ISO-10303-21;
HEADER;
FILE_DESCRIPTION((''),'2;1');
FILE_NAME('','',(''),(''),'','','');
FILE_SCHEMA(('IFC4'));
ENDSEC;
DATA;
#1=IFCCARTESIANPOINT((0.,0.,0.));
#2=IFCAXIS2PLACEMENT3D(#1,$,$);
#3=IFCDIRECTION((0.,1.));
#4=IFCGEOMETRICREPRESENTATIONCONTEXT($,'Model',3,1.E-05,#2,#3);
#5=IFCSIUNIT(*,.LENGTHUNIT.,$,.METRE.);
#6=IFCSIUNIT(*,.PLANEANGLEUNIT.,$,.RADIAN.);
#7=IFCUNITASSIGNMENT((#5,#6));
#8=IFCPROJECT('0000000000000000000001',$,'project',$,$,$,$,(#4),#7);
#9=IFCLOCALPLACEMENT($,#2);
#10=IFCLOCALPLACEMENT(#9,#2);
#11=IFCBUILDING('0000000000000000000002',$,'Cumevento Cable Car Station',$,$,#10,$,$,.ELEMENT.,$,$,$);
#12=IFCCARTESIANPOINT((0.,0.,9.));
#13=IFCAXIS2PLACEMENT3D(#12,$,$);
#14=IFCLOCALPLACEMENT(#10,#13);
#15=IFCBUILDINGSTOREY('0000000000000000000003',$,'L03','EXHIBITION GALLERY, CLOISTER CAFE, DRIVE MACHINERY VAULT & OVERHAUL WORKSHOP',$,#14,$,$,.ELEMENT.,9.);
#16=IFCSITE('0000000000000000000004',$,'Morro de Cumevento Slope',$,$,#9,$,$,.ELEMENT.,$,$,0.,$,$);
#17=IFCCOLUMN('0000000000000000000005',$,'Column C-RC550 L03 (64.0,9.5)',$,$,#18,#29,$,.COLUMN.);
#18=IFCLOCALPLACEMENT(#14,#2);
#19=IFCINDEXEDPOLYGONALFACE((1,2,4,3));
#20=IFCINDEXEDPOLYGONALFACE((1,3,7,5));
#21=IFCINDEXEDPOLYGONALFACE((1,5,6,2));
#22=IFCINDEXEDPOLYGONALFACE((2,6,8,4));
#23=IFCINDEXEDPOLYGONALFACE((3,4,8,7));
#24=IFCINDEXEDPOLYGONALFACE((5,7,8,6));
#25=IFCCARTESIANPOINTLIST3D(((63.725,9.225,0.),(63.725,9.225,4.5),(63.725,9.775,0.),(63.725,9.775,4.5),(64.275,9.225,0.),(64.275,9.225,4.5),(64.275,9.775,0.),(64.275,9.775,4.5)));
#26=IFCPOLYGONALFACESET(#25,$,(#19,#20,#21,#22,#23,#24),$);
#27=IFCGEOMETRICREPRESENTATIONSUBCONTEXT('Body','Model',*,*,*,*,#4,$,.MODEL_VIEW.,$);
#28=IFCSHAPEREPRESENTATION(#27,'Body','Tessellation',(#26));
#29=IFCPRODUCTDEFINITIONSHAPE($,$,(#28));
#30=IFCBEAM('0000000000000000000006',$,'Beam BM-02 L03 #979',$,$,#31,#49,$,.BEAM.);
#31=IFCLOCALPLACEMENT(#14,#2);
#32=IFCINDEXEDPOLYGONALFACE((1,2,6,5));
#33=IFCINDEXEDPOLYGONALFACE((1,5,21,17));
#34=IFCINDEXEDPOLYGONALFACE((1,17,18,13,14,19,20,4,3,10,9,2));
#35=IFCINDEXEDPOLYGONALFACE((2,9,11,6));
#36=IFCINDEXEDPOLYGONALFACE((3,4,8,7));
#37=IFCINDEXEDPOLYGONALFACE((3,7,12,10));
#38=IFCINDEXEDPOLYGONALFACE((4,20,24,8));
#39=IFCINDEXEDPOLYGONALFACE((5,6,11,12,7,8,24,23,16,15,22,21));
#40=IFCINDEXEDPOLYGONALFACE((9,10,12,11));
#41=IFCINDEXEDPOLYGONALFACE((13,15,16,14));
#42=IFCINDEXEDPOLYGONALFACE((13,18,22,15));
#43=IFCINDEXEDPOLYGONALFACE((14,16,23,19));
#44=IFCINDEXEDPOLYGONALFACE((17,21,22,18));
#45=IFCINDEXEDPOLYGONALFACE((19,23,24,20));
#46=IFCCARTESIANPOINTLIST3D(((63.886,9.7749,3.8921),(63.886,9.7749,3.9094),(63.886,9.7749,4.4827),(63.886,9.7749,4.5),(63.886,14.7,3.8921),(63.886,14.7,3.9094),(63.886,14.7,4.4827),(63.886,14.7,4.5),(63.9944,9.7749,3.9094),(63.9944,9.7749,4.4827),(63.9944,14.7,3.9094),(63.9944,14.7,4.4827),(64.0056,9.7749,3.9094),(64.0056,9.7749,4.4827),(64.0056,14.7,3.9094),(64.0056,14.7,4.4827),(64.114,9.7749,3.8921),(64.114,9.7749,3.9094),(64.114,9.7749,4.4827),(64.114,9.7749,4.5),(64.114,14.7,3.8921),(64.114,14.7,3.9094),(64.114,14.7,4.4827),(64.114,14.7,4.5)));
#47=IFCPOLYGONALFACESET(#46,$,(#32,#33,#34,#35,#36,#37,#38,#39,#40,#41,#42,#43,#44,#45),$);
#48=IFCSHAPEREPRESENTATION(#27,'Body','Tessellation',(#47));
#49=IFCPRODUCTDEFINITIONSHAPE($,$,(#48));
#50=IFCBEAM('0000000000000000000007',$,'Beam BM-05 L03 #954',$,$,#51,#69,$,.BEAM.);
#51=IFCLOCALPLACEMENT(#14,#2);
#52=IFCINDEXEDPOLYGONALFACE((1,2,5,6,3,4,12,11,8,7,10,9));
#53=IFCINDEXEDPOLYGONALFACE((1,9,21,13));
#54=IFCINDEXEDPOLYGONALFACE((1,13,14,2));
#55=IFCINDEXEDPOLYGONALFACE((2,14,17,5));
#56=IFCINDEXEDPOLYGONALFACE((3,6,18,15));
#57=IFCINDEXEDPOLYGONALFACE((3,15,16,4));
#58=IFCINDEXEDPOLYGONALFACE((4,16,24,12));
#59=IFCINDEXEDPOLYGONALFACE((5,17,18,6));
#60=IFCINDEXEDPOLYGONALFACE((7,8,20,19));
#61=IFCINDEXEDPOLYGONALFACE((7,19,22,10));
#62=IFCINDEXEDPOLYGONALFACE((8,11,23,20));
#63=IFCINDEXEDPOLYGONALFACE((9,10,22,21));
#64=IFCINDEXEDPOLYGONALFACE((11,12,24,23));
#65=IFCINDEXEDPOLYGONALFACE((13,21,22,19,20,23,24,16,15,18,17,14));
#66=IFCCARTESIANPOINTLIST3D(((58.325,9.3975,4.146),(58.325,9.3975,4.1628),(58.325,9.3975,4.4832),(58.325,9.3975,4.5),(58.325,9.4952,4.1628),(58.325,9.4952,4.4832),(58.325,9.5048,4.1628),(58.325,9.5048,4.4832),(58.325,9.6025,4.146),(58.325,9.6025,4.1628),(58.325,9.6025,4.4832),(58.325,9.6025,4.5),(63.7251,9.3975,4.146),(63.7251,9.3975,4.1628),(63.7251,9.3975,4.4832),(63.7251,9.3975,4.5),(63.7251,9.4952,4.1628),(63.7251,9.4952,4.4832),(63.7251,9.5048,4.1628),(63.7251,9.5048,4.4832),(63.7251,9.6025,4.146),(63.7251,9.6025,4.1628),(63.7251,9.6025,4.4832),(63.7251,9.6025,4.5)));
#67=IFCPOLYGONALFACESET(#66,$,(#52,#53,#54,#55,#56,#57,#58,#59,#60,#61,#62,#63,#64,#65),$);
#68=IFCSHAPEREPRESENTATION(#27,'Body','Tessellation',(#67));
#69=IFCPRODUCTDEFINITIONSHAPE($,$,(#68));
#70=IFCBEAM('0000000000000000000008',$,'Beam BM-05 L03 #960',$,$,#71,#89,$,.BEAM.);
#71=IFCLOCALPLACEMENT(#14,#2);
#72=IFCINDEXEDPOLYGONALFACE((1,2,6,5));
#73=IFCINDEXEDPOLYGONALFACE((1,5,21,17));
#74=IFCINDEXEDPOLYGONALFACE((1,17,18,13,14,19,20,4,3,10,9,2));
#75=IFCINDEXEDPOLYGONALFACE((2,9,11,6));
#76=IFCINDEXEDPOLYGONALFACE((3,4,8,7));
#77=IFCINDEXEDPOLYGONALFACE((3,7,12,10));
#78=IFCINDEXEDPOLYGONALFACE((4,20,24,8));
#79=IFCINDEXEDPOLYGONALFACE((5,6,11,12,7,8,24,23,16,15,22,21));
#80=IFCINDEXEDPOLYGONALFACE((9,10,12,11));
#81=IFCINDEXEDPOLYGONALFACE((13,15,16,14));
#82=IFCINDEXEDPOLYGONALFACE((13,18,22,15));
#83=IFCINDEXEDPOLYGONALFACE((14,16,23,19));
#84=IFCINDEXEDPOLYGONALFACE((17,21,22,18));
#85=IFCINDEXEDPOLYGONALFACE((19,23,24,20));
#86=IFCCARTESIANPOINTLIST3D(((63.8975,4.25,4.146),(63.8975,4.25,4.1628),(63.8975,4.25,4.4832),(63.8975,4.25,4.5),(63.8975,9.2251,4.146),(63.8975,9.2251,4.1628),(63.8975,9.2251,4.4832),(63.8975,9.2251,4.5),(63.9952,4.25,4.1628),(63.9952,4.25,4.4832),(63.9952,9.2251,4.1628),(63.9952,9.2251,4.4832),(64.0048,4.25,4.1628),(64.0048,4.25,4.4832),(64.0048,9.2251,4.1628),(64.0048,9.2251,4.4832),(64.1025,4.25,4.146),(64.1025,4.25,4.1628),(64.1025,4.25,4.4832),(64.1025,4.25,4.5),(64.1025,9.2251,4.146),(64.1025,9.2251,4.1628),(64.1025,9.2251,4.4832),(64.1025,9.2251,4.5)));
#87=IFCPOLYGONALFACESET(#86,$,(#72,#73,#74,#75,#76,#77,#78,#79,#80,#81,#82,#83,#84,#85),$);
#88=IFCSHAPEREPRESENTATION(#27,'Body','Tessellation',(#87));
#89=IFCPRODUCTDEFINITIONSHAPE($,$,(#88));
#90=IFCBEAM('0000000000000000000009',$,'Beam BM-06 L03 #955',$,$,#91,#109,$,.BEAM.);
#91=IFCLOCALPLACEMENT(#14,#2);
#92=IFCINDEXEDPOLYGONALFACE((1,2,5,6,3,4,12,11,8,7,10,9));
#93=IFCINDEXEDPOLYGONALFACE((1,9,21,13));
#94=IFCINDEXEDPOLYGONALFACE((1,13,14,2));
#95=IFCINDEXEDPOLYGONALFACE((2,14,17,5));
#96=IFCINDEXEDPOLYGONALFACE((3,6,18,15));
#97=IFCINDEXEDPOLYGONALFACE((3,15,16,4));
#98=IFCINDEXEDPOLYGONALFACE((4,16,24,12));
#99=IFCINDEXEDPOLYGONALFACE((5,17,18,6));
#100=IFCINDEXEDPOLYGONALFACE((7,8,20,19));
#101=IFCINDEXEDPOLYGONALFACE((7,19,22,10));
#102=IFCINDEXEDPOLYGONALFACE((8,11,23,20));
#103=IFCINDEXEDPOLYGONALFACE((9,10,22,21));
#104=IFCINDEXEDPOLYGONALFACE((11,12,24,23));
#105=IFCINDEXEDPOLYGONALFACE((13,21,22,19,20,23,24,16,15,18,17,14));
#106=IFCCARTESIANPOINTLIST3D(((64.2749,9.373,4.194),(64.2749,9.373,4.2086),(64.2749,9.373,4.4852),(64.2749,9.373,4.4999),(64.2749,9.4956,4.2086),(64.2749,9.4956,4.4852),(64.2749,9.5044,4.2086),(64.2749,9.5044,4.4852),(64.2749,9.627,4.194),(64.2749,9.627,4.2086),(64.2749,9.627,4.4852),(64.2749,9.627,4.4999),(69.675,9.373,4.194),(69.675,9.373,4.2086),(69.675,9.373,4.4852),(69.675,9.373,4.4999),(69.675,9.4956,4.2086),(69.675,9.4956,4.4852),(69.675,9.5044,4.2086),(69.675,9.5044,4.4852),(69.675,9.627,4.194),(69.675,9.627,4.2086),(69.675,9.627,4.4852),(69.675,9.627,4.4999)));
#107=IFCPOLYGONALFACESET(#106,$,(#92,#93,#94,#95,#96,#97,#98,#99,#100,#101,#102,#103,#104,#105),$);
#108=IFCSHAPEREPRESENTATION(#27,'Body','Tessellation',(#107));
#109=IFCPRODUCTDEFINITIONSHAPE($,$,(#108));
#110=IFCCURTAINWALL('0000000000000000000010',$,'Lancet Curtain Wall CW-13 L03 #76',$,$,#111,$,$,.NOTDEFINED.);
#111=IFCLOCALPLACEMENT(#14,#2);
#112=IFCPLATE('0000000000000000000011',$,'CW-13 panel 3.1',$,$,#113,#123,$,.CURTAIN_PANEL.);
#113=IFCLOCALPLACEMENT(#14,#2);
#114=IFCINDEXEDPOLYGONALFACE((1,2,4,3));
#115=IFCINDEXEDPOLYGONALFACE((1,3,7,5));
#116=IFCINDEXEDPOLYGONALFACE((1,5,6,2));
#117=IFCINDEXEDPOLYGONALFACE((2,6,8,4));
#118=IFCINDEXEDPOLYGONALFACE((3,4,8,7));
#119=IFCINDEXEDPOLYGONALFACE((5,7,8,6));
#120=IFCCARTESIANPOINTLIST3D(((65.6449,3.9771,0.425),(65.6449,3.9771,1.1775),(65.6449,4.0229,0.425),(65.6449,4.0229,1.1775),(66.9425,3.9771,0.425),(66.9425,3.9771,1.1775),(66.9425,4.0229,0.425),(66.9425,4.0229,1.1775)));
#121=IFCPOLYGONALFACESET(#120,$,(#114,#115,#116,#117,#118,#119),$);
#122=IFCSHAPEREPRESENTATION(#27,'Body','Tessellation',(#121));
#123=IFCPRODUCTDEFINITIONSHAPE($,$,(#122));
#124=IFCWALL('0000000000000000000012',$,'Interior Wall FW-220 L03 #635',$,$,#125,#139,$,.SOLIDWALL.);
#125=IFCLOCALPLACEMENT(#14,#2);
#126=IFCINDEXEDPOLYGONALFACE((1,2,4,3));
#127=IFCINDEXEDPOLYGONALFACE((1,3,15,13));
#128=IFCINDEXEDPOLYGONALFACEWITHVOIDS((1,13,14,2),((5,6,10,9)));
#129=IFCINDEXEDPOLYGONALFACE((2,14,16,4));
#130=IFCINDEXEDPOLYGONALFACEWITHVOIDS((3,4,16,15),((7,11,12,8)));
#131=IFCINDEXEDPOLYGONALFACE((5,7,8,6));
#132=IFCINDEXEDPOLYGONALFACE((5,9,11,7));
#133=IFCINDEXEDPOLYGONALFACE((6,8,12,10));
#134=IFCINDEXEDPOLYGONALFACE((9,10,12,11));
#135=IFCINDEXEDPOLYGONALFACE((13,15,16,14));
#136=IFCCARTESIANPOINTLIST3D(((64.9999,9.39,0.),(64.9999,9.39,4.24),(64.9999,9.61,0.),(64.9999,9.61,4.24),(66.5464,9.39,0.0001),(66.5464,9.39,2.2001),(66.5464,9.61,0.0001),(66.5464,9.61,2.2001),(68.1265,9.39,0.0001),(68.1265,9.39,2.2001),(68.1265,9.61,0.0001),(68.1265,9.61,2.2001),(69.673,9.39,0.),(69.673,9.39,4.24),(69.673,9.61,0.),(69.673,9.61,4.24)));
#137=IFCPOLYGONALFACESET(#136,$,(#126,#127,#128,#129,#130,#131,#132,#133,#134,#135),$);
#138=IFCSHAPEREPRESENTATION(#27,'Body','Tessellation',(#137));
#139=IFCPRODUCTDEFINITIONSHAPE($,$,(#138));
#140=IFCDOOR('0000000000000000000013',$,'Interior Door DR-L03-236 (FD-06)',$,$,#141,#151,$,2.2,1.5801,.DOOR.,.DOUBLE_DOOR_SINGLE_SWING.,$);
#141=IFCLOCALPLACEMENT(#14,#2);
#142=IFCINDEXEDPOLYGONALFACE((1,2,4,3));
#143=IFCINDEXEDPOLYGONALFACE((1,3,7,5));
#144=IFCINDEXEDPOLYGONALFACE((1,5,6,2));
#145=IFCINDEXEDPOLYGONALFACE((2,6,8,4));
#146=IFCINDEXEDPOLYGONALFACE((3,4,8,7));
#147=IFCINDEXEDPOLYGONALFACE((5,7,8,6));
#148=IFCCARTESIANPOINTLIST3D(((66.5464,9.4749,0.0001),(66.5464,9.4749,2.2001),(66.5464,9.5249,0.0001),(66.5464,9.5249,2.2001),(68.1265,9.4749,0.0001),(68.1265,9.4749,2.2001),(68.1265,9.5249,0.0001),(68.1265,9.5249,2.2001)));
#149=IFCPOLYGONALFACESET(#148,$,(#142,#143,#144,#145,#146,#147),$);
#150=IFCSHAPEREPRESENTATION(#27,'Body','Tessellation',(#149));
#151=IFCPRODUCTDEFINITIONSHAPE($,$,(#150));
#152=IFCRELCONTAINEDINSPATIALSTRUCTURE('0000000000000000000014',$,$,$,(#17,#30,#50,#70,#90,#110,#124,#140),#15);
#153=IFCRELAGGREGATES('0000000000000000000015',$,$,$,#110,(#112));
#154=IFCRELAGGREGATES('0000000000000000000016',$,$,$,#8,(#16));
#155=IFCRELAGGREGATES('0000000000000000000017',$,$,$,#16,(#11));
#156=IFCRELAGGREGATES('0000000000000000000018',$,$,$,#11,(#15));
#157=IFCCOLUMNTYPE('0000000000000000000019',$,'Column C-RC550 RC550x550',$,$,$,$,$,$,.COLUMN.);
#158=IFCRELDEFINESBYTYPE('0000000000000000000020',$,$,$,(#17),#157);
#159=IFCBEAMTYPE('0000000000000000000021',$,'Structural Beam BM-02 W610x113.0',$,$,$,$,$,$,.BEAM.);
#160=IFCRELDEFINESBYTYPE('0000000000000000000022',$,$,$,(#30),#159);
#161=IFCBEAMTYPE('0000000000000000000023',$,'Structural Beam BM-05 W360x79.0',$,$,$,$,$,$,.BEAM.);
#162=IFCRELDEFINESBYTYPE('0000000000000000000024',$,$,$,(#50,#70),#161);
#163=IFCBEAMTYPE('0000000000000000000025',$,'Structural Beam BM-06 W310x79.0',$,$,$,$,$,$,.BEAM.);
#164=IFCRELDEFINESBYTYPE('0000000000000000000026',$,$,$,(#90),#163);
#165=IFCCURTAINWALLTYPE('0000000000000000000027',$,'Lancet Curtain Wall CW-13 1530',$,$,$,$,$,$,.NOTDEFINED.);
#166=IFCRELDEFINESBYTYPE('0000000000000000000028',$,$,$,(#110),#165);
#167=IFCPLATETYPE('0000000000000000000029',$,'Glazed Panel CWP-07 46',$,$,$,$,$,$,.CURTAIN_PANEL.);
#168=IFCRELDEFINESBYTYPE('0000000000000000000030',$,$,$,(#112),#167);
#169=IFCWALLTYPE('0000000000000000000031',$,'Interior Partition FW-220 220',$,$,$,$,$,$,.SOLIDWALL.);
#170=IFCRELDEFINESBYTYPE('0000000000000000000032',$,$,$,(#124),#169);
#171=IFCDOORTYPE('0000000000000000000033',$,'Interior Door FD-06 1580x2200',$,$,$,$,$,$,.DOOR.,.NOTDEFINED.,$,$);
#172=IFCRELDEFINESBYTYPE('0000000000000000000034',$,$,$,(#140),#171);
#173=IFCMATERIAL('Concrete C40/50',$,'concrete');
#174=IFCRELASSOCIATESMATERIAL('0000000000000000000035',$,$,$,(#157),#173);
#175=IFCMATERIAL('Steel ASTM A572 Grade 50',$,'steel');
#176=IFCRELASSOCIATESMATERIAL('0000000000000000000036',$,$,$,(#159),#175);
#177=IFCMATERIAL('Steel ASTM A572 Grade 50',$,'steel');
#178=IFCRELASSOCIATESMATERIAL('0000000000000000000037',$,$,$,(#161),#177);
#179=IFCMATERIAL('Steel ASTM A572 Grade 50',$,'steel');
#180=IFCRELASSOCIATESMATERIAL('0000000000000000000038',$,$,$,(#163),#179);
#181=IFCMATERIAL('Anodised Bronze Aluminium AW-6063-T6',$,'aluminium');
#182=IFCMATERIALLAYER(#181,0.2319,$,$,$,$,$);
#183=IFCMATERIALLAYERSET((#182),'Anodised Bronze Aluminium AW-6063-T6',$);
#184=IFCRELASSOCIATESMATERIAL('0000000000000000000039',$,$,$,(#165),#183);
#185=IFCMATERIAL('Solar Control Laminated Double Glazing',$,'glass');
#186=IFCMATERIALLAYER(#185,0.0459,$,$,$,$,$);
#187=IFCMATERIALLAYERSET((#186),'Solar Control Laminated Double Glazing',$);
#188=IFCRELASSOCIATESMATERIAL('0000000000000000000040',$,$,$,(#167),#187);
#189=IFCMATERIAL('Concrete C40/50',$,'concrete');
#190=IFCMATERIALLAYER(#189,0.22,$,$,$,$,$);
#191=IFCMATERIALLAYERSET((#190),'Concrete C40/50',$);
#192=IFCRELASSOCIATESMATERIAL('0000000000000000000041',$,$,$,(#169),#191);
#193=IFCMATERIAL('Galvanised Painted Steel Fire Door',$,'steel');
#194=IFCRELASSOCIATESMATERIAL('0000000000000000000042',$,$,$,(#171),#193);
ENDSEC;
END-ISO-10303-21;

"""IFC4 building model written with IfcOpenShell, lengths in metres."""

from ifc_helpers import new_model, si_unit, direction, frame, frame_2d, origin, origin_2d, place, context, subcontext, project, spatial, rectangle, i_section, extrude, material, layer, layer_set, material_profile, profile_set, type_object, element, fill, aggregate, save


model = new_model("IFC4")

# Units and contexts
model_context = context("Model", 3, precision=1e-05, world=origin(), true_north=direction((0.0, 1.0)))
body_context = subcontext(model_context, "Body", "Model", "MODEL_VIEW")
ifc_project = project(units=[si_unit("LENGTHUNIT", "METRE"), si_unit("PLANEANGLEUNIT", "RADIAN")], contexts=[model_context])

# Site, building, storey
site_placement = place(None, origin())
site = spatial("IfcSite", under=ifc_project, at=site_placement, Name="Morro de Cumevento Slope", CompositionType="ELEMENT", RefElevation=0.0)
building_placement = place(site_placement, origin())
building = spatial("IfcBuilding", under=site, at=building_placement, Name="Cumevento Cable Car Station", CompositionType="ELEMENT")
storey_placement = place(building_placement, frame((0.0, 0.0, 9.0)))
storey = spatial("IfcBuildingStorey", under=building, at=storey_placement, Name="L03", Description="EXHIBITION GALLERY, CLOISTER CAFE, DRIVE MACHINERY VAULT & OVERHAUL WORKSHOP", CompositionType="ELEMENT", Elevation=9.0)

# Column
ifc_material_1 = material(Name="Concrete C40/50", Category="concrete")
ifc_material_profile_1 = material_profile(ifc_material_1, rectangle(XDim=0.55, YDim=0.55, at=origin_2d()), Name="RC550x550")
ifc_profile_set_1 = profile_set([ifc_material_profile_1], Name="Concrete C40/50")
column_type = type_object("IfcColumnType", Name="Column C-RC550 RC550x550", PredefinedType="COLUMN", material=ifc_profile_set_1)
column_placement = place(storey_placement, frame((64.0, 9.5, 0.0), z_axis=(0.0, 0.0, 1.0), x_axis=(1.0, 0.0, 0.0)))
element("IfcColumn", 1, at=column_placement, inside=storey, type_object=column_type, Name="Column C-RC550 L03 (64.0,9.5)", PredefinedType="COLUMN", context=body_context, shape_type="SweptSolid", body=[
    extrude(rectangle(XDim=0.55, YDim=0.55, at=origin_2d()), origin(), (0.0, 0.0, 1.0), 4.5),
])

# Beams
ifc_material_2 = material(Name="Steel ASTM A572 Grade 50", Category="steel")
ifc_material_profile_2 = material_profile(ifc_material_2, i_section(OverallWidth=0.228, OverallDepth=0.6079, WebThickness=0.0112, FlangeThickness=0.0173, at=origin_2d()), Name="W610x113.0")
ifc_profile_set_2 = profile_set([ifc_material_profile_2], Name="Steel ASTM A572 Grade 50")
beam_type_1 = type_object("IfcBeamType", Name="Structural Beam BM-02 W610x113.0", PredefinedType="BEAM", material=ifc_profile_set_2)
beam_1_placement = place(storey_placement, frame((64.0, 9.7749, 4.196), z_axis=(0.0, 1.0, 0.0), x_axis=(-1.0, 0.0, 0.0)))
element("IfcBeam", 2, at=beam_1_placement, inside=storey, type_object=beam_type_1, Name="Beam BM-02 L03 #979", PredefinedType="BEAM", context=body_context, shape_type="SweptSolid", body=[
    extrude(i_section(OverallWidth=0.228, OverallDepth=0.6079, WebThickness=0.0112, FlangeThickness=0.0173, at=origin_2d()), origin(), (0.0, 0.0, 1.0), 4.925),
])
ifc_material_3 = material(Name="Steel ASTM A572 Grade 50", Category="steel")
ifc_material_profile_3 = material_profile(ifc_material_3, i_section(OverallWidth=0.2051, OverallDepth=0.354, WebThickness=0.0095, FlangeThickness=0.0168, at=origin_2d()), Name="W360x79.0")
ifc_profile_set_3 = profile_set([ifc_material_profile_3], Name="Steel ASTM A572 Grade 50")
beam_type_2 = type_object("IfcBeamType", Name="Structural Beam BM-05 W360x79.0", PredefinedType="BEAM", material=ifc_profile_set_3)
beam_2_placement = place(storey_placement, frame((58.325, 9.5, 4.323), z_axis=(1.0, 0.0, 0.0), x_axis=(0.0, 1.0, 0.0)))
element("IfcBeam", 3, at=beam_2_placement, inside=storey, type_object=beam_type_2, Name="Beam BM-05 L03 #954", PredefinedType="BEAM", context=body_context, shape_type="SweptSolid", body=[
    extrude(i_section(OverallWidth=0.2051, OverallDepth=0.354, WebThickness=0.0095, FlangeThickness=0.0168, at=origin_2d()), origin(), (0.0, 0.0, 1.0), 5.4001),
])
beam_3_placement = place(storey_placement, frame((64.0, 4.25, 4.323), z_axis=(0.0, 1.0, 0.0), x_axis=(-1.0, 0.0, 0.0)))
element("IfcBeam", 4, at=beam_3_placement, inside=storey, type_object=beam_type_2, Name="Beam BM-05 L03 #960", PredefinedType="BEAM", context=body_context, shape_type="SweptSolid", body=[
    extrude(i_section(OverallWidth=0.2051, OverallDepth=0.354, WebThickness=0.0095, FlangeThickness=0.0168, at=origin_2d()), origin(), (0.0, 0.0, 1.0), 4.9751),
])
ifc_material_4 = material(Name="Steel ASTM A572 Grade 50", Category="steel")
ifc_material_profile_4 = material_profile(ifc_material_4, i_section(OverallWidth=0.2539, OverallDepth=0.3059, WebThickness=0.0088, FlangeThickness=0.0146, at=origin_2d()), Name="W310x79.0")
ifc_profile_set_4 = profile_set([ifc_material_profile_4], Name="Steel ASTM A572 Grade 50")
beam_type_3 = type_object("IfcBeamType", Name="Structural Beam BM-06 W310x79.0", PredefinedType="BEAM", material=ifc_profile_set_4)
beam_4_placement = place(storey_placement, frame((64.2749, 9.5, 4.3469), z_axis=(1.0, 0.0, 0.0), x_axis=(0.0, 1.0, 0.0)))
element("IfcBeam", 5, at=beam_4_placement, inside=storey, type_object=beam_type_3, Name="Beam BM-06 L03 #955", PredefinedType="BEAM", context=body_context, shape_type="SweptSolid", body=[
    extrude(i_section(OverallWidth=0.2539, OverallDepth=0.3059, WebThickness=0.0088, FlangeThickness=0.0146, at=origin_2d()), origin(), (0.0, 0.0, 1.0), 5.4001),
])

# Curtain wall, plate
ifc_material_5 = material(Name="Anodised Bronze Aluminium AW-6063-T6", Category="aluminium")
ifc_layer_1 = layer(ifc_material_5, 0.2319)
ifc_layer_set_1 = layer_set([ifc_layer_1], Name="Anodised Bronze Aluminium AW-6063-T6")
curtain_wall_type = type_object("IfcCurtainWallType", Name="Lancet Curtain Wall CW-13 1530", PredefinedType="NOTDEFINED", material=ifc_layer_set_1)
curtain_wall_placement = place(storey_placement, origin())
curtain_wall = element("IfcCurtainWall", 6, at=curtain_wall_placement, inside=storey, type_object=curtain_wall_type, Name="Lancet Curtain Wall CW-13 L03 #76", PredefinedType="NOTDEFINED")
ifc_material_6 = material(Name="Solar Control Laminated Double Glazing", Category="glass")
ifc_layer_2 = layer(ifc_material_6, 0.0459)
ifc_layer_set_2 = layer_set([ifc_layer_2], Name="Solar Control Laminated Double Glazing")
plate_type = type_object("IfcPlateType", Name="Glazed Panel CWP-07 46", PredefinedType="CURTAIN_PANEL", material=ifc_layer_set_2)
plate_placement = place(storey_placement, frame((66.2937, 4.0, 0.425), z_axis=(0.0, 0.0, 1.0), x_axis=(-1.0, 0.0, 0.0)))
plate = element("IfcPlate", 7, at=plate_placement, type_object=plate_type, Name="CW-13 panel 3.1", PredefinedType="CURTAIN_PANEL", context=body_context, shape_type="SweptSolid", body=[
    extrude(rectangle(XDim=1.2976, YDim=0.0459, at=origin_2d()), origin(), (0.0, 0.0, 1.0), 0.7524),
])
aggregate(curtain_wall, [plate])

# Wall, opening, door
ifc_material_7 = material(Name="Concrete C40/50", Category="concrete")
ifc_layer_3 = layer(ifc_material_7, 0.22)
ifc_layer_set_3 = layer_set([ifc_layer_3], Name="Concrete C40/50")
wall_type_1 = type_object("IfcWallType", Name="Interior Partition FW-220 220", PredefinedType="SOLIDWALL", material=ifc_layer_set_3)
wall_1_placement = place(storey_placement, frame((65.0, 9.5, 0.0), z_axis=(0.0, 0.0, 1.0), x_axis=(1.0, 0.0, 0.0)))
wall_1 = element("IfcWall", 8, at=wall_1_placement, inside=storey, type_object=wall_type_1, Name="Interior Wall FW-220 L03 #635", PredefinedType="SOLIDWALL", context=body_context, shape_type="SweptSolid", body=[
    extrude(rectangle(XDim=4.6731, YDim=0.22, at=frame_2d((2.3364, 0.0))), origin(), (0.0, 0.0, 1.0), 4.24),
])
opening_1_placement = place(wall_1_placement, frame((1.5464, 0.0, 0.0)))
opening_1 = element("IfcOpeningElement", 9, at=opening_1_placement, cuts=wall_1, PredefinedType="OPENING", context=body_context, shape_type="SweptSolid", body=[
    extrude(rectangle(XDim=1.5801, YDim=2.2, at=frame_2d((0.79, 1.1001))), frame((0.0, 0.1199, 0.0), z_axis=(0.0, -1.0, 0.0), x_axis=(1.0, 0.0, 0.0)), (0.0, 0.0, 1.0), 0.24),
])
ifc_material_8 = material(Name="Galvanised Painted Steel Fire Door", Category="steel")
door_type_1 = type_object("IfcDoorType", Name="Interior Door FD-06 1580x2200", OperationType="NOTDEFINED", PredefinedType="DOOR", material=ifc_material_8)
door_1_placement = place(opening_1_placement, origin())
door_1 = element("IfcDoor", 10, at=door_1_placement, inside=storey, type_object=door_type_1, Name="Interior Door DR-L03-236 (FD-06)", OperationType="DOUBLE_DOOR_SINGLE_SWING", OverallHeight=2.2, OverallWidth=1.5801, PredefinedType="DOOR", context=body_context, shape_type="SweptSolid", body=[
    extrude(rectangle(XDim=1.5801, YDim=2.2, at=frame_2d((0.79, 1.1001))), frame((0.0, 0.0249, 0.0), z_axis=(0.0, -1.0, 0.0), x_axis=(1.0, 0.0, 0.0)), (0.0, 0.0, 1.0), 0.05),
])
fill(opening_1, door_1)

save(model, "model.ifc")
